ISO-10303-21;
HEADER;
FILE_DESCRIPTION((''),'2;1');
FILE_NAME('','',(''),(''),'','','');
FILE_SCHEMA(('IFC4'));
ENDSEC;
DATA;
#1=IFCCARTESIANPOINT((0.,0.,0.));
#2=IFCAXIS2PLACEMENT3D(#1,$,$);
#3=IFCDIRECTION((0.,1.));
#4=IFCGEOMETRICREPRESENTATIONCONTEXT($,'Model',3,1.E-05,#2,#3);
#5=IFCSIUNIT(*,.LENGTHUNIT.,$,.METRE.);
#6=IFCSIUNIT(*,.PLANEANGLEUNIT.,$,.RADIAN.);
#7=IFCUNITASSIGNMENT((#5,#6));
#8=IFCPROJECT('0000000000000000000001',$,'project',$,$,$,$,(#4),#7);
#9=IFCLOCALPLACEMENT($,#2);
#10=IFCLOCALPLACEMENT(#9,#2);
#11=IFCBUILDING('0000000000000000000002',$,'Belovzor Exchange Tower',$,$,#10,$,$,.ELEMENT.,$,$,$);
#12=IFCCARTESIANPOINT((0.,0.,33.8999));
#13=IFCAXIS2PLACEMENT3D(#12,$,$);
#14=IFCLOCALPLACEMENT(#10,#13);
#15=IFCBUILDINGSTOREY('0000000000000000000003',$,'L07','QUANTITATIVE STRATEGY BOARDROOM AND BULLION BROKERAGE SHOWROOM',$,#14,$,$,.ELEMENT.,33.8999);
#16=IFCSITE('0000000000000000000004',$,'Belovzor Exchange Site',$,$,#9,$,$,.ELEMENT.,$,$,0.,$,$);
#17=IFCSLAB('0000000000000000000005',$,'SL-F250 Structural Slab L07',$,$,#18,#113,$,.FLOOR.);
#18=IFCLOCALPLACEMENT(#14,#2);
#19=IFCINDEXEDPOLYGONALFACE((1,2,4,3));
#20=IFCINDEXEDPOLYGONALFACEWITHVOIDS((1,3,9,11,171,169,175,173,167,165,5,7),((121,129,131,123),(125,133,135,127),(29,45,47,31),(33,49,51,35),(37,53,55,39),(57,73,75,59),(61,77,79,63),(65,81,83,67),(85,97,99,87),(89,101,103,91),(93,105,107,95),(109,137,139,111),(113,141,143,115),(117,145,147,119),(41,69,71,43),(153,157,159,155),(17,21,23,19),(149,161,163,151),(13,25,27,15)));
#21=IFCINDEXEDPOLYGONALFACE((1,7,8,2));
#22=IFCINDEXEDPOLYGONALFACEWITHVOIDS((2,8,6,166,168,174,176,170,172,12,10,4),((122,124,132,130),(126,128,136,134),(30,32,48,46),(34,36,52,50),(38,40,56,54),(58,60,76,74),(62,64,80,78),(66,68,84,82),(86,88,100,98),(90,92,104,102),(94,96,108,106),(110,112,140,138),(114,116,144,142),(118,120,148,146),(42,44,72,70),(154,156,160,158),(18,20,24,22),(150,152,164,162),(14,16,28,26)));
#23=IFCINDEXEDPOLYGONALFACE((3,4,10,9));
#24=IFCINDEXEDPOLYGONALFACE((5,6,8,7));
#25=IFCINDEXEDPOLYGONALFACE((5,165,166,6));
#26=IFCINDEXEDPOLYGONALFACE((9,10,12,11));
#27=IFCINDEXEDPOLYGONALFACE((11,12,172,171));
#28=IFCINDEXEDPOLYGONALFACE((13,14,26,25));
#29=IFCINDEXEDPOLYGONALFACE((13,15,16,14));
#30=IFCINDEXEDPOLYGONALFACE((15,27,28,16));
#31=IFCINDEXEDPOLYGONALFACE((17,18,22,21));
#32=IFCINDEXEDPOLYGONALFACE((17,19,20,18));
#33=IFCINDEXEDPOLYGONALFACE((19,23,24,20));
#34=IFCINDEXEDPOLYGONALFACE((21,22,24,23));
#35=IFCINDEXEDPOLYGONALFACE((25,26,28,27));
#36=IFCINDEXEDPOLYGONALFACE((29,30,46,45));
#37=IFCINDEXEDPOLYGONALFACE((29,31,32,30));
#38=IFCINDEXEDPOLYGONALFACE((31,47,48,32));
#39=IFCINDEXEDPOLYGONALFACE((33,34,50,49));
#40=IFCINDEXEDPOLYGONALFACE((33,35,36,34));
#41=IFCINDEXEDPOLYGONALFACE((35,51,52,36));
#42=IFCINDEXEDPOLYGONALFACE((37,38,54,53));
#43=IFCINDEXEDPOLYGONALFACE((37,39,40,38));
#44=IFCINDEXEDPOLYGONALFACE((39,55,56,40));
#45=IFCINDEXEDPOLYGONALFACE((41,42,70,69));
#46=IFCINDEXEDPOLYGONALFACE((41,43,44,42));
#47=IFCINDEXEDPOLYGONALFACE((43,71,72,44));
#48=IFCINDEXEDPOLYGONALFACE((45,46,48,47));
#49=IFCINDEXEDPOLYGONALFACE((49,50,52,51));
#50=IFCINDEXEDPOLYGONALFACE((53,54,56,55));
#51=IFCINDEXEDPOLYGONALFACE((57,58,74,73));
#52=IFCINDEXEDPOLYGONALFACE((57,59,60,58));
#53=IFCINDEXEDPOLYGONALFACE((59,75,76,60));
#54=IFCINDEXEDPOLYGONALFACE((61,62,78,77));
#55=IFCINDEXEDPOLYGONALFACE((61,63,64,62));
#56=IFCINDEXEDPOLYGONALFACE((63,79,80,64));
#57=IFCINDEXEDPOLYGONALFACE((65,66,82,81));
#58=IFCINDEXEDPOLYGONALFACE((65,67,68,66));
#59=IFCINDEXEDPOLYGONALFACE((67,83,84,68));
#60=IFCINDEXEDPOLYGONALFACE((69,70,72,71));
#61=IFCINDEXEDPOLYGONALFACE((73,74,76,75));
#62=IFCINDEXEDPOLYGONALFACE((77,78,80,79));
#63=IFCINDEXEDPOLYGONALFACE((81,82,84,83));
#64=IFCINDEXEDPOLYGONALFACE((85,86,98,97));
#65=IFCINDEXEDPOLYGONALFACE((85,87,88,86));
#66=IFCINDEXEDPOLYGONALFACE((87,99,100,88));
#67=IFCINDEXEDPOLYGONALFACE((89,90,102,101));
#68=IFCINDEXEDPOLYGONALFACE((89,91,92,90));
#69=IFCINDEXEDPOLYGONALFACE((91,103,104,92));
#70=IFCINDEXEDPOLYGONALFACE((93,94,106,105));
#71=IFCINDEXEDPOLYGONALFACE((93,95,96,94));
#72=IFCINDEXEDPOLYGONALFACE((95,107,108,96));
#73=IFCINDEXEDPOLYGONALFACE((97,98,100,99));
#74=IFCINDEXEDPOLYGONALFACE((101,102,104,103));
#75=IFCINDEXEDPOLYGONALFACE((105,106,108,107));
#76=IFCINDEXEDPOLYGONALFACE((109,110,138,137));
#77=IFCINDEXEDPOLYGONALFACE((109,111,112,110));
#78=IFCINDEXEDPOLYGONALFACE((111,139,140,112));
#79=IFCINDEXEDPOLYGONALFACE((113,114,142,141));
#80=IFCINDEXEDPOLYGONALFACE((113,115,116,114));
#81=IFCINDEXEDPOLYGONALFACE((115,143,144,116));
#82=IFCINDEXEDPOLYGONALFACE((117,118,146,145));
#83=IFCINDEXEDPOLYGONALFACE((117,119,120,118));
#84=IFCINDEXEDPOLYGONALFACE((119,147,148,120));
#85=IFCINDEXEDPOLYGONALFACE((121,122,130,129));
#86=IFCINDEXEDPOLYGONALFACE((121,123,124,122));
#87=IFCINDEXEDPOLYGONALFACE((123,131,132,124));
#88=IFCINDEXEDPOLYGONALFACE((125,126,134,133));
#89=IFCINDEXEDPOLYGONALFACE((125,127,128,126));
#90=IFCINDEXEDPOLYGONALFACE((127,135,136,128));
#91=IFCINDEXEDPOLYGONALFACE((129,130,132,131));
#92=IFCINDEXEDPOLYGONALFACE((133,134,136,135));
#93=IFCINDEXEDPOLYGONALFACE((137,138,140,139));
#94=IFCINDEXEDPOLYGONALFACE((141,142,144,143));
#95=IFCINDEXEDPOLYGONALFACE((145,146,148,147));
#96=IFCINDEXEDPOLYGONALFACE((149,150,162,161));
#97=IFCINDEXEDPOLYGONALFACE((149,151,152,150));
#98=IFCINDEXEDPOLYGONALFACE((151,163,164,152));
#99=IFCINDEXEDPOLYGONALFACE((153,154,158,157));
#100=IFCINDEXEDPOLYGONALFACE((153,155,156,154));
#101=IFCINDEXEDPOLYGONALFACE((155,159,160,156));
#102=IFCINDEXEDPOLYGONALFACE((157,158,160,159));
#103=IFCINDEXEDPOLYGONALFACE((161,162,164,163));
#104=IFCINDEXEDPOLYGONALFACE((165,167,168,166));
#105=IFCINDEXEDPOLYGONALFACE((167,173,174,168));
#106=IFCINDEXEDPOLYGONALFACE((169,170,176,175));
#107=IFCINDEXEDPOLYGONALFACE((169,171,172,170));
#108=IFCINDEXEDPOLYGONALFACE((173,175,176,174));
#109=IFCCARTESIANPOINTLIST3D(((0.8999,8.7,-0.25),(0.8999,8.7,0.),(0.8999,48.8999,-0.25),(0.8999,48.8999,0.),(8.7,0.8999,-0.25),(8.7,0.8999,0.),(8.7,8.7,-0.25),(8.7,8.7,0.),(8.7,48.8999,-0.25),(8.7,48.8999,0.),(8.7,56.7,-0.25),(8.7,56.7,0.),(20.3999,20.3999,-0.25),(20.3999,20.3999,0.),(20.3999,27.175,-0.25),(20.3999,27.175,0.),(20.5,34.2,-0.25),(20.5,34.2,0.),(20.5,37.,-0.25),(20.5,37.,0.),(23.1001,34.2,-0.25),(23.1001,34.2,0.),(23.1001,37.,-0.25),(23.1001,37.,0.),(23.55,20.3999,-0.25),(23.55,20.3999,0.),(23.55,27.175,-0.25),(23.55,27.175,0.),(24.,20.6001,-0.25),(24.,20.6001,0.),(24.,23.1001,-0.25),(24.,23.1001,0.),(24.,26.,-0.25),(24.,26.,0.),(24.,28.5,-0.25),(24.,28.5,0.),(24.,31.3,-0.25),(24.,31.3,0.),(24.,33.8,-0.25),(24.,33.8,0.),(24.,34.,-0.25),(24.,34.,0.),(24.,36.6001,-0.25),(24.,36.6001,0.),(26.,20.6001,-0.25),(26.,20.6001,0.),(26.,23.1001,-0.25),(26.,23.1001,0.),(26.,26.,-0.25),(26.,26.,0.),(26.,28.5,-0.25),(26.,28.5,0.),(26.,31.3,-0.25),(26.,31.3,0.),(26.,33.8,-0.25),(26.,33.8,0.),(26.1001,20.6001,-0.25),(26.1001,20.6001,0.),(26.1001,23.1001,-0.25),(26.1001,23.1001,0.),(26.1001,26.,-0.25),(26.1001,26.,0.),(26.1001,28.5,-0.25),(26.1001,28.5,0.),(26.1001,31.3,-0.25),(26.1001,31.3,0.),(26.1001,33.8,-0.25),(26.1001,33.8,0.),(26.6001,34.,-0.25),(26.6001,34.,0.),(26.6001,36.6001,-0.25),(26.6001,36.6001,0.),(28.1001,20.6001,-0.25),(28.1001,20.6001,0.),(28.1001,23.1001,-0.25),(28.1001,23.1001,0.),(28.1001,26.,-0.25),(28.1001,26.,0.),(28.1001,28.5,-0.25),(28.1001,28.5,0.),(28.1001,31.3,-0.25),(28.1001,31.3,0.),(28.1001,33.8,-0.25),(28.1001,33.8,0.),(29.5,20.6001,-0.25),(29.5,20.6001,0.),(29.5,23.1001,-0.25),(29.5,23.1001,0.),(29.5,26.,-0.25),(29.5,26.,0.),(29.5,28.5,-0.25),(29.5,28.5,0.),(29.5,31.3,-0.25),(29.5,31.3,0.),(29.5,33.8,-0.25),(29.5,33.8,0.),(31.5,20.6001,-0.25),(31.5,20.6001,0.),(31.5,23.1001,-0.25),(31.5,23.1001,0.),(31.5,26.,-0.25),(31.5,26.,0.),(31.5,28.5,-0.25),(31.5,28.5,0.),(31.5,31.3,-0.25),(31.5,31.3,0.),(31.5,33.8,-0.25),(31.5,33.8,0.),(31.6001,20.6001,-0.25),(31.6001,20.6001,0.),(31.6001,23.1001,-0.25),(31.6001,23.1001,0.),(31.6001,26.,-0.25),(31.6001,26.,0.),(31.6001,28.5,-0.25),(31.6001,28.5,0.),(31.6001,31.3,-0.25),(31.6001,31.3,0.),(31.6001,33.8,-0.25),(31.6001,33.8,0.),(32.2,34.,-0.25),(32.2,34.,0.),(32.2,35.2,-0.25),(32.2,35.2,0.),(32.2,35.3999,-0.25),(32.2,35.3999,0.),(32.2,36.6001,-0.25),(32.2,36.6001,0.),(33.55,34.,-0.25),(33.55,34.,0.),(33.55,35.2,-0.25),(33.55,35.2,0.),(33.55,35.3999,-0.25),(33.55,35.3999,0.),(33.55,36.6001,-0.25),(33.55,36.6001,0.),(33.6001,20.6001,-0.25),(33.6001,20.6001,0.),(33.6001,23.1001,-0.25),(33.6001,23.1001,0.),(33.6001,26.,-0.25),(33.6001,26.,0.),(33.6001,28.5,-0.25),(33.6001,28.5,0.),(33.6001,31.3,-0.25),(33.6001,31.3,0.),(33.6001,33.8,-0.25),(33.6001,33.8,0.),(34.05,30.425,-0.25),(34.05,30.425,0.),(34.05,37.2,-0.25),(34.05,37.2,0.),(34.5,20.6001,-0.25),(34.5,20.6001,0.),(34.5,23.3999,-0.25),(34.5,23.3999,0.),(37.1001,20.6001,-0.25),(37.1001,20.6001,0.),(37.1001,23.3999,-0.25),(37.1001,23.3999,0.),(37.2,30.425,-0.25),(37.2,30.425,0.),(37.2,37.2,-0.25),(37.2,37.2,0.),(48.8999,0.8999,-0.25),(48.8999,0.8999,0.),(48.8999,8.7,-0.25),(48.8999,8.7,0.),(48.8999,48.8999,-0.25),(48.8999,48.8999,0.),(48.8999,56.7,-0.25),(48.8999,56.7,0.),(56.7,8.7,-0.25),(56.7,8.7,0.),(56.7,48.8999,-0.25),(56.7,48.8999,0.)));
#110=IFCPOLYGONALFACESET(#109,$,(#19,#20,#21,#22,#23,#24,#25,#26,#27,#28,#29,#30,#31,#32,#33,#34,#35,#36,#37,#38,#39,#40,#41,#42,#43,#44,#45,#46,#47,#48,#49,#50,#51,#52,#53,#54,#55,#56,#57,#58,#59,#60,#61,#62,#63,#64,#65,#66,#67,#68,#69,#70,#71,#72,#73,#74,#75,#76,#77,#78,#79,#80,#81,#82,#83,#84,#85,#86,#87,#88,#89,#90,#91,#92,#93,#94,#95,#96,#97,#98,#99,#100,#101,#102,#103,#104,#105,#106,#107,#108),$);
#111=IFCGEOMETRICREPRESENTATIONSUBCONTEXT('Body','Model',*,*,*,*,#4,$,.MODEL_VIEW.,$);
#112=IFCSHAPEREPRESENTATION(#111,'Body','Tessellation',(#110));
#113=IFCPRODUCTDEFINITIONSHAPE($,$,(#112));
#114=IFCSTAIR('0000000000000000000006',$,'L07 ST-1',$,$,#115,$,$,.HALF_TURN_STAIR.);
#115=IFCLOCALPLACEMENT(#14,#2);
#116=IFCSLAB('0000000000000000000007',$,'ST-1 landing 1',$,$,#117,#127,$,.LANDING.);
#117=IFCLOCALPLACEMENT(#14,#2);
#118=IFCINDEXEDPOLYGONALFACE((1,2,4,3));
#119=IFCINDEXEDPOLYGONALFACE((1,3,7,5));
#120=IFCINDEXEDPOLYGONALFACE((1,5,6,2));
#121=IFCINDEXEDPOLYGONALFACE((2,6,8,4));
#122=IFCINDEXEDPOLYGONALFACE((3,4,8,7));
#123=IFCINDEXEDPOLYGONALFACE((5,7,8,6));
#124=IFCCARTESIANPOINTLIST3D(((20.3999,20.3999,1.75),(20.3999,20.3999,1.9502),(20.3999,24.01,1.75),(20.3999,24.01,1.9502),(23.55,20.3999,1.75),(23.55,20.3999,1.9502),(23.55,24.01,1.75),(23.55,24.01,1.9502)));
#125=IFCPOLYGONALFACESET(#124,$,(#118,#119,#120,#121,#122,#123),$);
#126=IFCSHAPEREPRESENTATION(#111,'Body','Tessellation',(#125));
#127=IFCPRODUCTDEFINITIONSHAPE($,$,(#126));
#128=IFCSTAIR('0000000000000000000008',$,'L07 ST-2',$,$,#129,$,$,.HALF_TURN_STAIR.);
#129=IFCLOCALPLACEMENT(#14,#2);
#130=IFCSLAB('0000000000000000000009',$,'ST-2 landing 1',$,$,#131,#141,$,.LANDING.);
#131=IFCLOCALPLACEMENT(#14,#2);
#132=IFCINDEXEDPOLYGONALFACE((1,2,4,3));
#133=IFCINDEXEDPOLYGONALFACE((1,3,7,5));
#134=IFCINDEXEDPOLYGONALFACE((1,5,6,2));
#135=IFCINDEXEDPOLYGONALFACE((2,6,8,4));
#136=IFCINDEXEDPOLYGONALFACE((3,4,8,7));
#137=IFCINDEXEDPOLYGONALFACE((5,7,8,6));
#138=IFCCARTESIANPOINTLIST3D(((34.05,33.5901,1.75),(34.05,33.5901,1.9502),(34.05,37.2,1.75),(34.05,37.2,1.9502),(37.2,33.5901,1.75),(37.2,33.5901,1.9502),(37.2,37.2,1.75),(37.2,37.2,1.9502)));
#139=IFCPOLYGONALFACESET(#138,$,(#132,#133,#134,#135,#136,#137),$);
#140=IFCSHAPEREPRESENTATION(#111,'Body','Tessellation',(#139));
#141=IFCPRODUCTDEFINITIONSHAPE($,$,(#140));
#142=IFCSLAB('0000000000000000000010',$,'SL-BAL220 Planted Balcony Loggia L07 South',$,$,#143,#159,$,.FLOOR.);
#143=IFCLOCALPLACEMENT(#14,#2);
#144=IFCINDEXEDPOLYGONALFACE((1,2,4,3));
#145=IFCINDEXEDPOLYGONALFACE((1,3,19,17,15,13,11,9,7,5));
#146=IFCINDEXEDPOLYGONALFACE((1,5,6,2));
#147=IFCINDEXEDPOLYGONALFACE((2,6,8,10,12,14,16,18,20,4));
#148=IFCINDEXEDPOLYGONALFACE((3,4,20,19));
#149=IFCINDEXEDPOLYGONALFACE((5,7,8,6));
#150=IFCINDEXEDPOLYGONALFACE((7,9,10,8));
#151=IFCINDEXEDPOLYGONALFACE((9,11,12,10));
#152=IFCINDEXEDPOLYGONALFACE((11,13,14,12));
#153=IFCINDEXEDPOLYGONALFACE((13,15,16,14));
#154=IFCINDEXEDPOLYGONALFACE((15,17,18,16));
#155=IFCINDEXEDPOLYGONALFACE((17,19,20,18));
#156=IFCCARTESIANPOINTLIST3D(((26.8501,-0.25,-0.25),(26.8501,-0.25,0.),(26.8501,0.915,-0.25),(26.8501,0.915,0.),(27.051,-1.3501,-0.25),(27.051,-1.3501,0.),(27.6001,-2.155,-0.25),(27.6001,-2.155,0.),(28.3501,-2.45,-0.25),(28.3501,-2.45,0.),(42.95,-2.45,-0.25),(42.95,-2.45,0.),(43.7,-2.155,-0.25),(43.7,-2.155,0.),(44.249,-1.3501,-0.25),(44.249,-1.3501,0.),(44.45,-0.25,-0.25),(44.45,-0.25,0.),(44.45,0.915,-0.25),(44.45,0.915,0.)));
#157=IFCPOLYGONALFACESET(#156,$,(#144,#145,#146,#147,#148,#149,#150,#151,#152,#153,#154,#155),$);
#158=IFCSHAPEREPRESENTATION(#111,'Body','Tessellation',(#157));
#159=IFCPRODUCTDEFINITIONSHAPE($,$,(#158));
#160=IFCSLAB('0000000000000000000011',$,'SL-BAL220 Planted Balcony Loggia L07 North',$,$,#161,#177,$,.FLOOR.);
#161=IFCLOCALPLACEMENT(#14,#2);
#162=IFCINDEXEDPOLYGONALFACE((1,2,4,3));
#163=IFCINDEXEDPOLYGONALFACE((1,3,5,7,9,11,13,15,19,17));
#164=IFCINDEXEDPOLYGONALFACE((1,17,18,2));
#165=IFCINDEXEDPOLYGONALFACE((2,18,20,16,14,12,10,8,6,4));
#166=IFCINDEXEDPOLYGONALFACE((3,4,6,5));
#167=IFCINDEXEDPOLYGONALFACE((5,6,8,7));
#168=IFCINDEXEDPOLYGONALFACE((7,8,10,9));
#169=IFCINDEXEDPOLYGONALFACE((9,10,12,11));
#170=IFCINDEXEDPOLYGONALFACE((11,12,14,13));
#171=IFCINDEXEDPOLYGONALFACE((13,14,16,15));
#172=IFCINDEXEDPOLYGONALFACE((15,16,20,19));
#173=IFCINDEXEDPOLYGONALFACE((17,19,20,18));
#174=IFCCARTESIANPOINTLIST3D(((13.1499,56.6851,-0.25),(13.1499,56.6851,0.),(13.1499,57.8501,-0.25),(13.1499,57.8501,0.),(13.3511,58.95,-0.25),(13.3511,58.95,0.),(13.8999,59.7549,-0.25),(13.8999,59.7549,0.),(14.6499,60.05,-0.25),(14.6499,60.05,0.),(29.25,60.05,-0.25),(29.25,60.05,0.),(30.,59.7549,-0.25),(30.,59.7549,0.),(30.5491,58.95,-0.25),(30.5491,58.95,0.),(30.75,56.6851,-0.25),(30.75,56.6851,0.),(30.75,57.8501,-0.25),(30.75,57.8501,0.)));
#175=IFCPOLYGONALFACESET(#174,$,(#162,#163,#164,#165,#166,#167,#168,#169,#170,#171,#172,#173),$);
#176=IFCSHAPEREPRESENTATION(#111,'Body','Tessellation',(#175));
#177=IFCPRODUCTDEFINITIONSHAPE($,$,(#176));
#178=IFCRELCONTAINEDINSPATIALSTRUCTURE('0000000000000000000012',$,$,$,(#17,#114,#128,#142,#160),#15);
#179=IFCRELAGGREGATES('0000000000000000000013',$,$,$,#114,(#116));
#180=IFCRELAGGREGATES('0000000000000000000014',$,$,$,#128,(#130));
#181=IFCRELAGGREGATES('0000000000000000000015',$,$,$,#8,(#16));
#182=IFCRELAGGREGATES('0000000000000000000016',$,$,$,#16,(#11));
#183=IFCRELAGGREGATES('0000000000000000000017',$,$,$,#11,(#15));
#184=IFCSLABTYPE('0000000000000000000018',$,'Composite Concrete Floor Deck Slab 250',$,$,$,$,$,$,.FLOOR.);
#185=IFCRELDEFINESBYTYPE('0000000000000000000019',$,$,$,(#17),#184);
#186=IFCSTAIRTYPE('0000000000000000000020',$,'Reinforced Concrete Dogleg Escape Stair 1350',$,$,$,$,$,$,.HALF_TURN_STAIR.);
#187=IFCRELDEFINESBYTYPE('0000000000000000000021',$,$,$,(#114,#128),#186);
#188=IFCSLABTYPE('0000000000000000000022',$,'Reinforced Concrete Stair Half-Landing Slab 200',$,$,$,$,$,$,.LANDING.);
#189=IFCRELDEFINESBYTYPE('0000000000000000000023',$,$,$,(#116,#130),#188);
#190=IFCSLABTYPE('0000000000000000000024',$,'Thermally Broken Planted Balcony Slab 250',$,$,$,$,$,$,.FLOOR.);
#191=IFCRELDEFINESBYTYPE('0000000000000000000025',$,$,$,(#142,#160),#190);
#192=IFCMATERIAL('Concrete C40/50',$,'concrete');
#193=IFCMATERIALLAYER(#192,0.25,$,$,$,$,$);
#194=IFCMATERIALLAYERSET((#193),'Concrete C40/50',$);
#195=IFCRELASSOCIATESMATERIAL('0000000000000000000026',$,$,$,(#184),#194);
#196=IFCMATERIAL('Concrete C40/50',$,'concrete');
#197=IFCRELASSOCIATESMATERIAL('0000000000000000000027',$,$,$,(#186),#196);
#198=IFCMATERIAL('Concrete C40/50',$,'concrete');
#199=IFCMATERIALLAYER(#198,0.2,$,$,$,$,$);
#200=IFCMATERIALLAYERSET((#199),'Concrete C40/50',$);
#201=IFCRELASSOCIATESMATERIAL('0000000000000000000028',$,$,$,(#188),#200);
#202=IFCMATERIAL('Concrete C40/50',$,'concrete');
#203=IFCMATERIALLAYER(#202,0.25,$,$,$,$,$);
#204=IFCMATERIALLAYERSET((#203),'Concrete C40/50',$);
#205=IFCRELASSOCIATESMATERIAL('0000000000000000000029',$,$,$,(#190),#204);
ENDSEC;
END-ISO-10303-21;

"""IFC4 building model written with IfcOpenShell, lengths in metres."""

from ifc_helpers import new_model, si_unit, direction, frame, origin, place, context, subcontext, project, spatial, polyline, outline, extrude, material, layer, layer_set, type_object, element, aggregate, save


model = new_model("IFC4")

# Units and contexts
model_context = context("Model", 3, precision=1e-05, world=origin(), true_north=direction((0.0, 1.0)))
body_context = subcontext(model_context, "Body", "Model", "MODEL_VIEW")
ifc_project = project(units=[si_unit("LENGTHUNIT", "METRE"), si_unit("PLANEANGLEUNIT", "RADIAN")], contexts=[model_context])

# Site, building, storey
site_placement = place(None, origin())
site = spatial("IfcSite", under=ifc_project, at=site_placement, Name="Belovzor Exchange Site", CompositionType="ELEMENT", RefElevation=0.0)
building_placement = place(site_placement, origin())
building = spatial("IfcBuilding", under=site, at=building_placement, Name="Belovzor Exchange Tower", CompositionType="ELEMENT")
storey_placement = place(building_placement, frame((0.0, 0.0, 33.8999)))
storey = spatial("IfcBuildingStorey", under=building, at=storey_placement, Name="L07", Description="QUANTITATIVE STRATEGY BOARDROOM AND BULLION BROKERAGE SHOWROOM", CompositionType="ELEMENT", Elevation=33.8999)

# Slab
ifc_material_1 = material(Name="Concrete C40/50", Category="concrete")
ifc_layer_1 = layer(ifc_material_1, 0.25)
ifc_layer_set_1 = layer_set([ifc_layer_1], Name="Concrete C40/50")
slab_type_1 = type_object("IfcSlabType", Name="Composite Concrete Floor Deck Slab 250", PredefinedType="FLOOR", material=ifc_layer_set_1)
slab_1_placement = place(storey_placement, frame((0.0, 0.0, -0.25)))
element("IfcSlab", 1, at=slab_1_placement, inside=storey, type_object=slab_type_1, Name="SL-F250 Structural Slab L07", PredefinedType="FLOOR", context=body_context, shape_type="SweptSolid", body=[
    extrude(outline(polyline([(8.7, 0.8999), (48.8999, 0.8999), (48.8999, 8.7), (56.7, 8.7), (56.7, 48.8999), (48.8999, 48.8999), (48.8999, 56.7), (8.7, 56.7), (8.7, 48.8999), (0.8999, 48.8999), (0.8999, 8.7), (8.7, 8.7), (8.7, 0.8999)]), holes=[polyline([(20.3999, 27.175), (20.3999, 20.3999), (23.55, 20.3999), (23.55, 27.175), (20.3999, 27.175)]), polyline([(37.2, 30.425), (37.2, 37.2), (34.05, 37.2), (34.05, 30.425), (37.2, 30.425)]), polyline([(20.5, 34.2), (23.1001, 34.2), (23.1001, 37.0), (20.5, 37.0), (20.5, 34.2)]), polyline([(34.5, 20.6001), (37.1001, 20.6001), (37.1001, 23.3999), (34.5, 23.3999), (34.5, 20.6001)]), polyline([(24.0, 34.0), (26.6001, 34.0), (26.6001, 36.6001), (24.0, 36.6001), (24.0, 34.0)]), polyline([(24.0, 20.6001), (26.0, 20.6001), (26.0, 23.1001), (24.0, 23.1001), (24.0, 20.6001)]), polyline([(26.1001, 20.6001), (28.1001, 20.6001), (28.1001, 23.1001), (26.1001, 23.1001), (26.1001, 20.6001)]), polyline([(29.5, 20.6001), (31.5, 20.6001), (31.5, 23.1001), (29.5, 23.1001), (29.5, 20.6001)]), polyline([(31.6001, 20.6001), (33.6001, 20.6001), (33.6001, 23.1001), (31.6001, 23.1001), (31.6001, 20.6001)]), polyline([(24.0, 26.0), (26.0, 26.0), (26.0, 28.5), (24.0, 28.5), (24.0, 26.0)]), polyline([(26.1001, 26.0), (28.1001, 26.0), (28.1001, 28.5), (26.1001, 28.5), (26.1001, 26.0)]), polyline([(29.5, 26.0), (31.5, 26.0), (31.5, 28.5), (29.5, 28.5), (29.5, 26.0)]), polyline([(31.6001, 26.0), (33.6001, 26.0), (33.6001, 28.5), (31.6001, 28.5), (31.6001, 26.0)]), polyline([(24.0, 31.3), (26.0, 31.3), (26.0, 33.8), (24.0, 33.8), (24.0, 31.3)]), polyline([(26.1001, 31.3), (28.1001, 31.3), (28.1001, 33.8), (26.1001, 33.8), (26.1001, 31.3)]), polyline([(29.5, 31.3), (31.5, 31.3), (31.5, 33.8), (29.5, 33.8), (29.5, 31.3)]), polyline([(31.6001, 31.3), (33.6001, 31.3), (33.6001, 33.8), (31.6001, 33.8), (31.6001, 31.3)]), polyline([(32.2, 34.0), (33.55, 34.0), (33.55, 35.2), (32.2, 35.2), (32.2, 34.0)]), polyline([(32.2, 35.3999), (33.55, 35.3999), (33.55, 36.6001), (32.2, 36.6001), (32.2, 35.3999)])]), origin(), (0.0, 0.0, 1.0), 0.25),
])

# Stairs, slabs
ifc_material_2 = material(Name="Concrete C40/50", Category="concrete")
stair_type = type_object("IfcStairType", Name="Reinforced Concrete Dogleg Escape Stair 1350", PredefinedType="HALF_TURN_STAIR", material=ifc_material_2)
stair_1_placement = place(storey_placement, origin())
stair_1 = element("IfcStair", 2, at=stair_1_placement, inside=storey, type_object=stair_type, Name="L07 ST-1", PredefinedType="HALF_TURN_STAIR")
ifc_material_3 = material(Name="Concrete C40/50", Category="concrete")
ifc_layer_2 = layer(ifc_material_3, 0.2)
ifc_layer_set_2 = layer_set([ifc_layer_2], Name="Concrete C40/50")
slab_type_2 = type_object("IfcSlabType", Name="Reinforced Concrete Stair Half-Landing Slab 200", PredefinedType="LANDING", material=ifc_layer_set_2)
slab_2_placement = place(storey_placement, frame((0.0, 0.0, 1.75)))
slab_2 = element("IfcSlab", 3, at=slab_2_placement, type_object=slab_type_2, Name="ST-1 landing 1", PredefinedType="LANDING", context=body_context, shape_type="SweptSolid", body=[
    extrude(outline(polyline([(20.3999, 24.01), (20.3999, 20.3999), (23.55, 20.3999), (23.55, 24.01), (20.3999, 24.01)])), origin(), (0.0, 0.0, 1.0), 0.2002),
])
aggregate(stair_1, [slab_2])
stair_2_placement = place(storey_placement, origin())
stair_2 = element("IfcStair", 4, at=stair_2_placement, inside=storey, type_object=stair_type, Name="L07 ST-2", PredefinedType="HALF_TURN_STAIR")
slab_3_placement = place(storey_placement, frame((0.0, 0.0, 1.75)))
slab_3 = element("IfcSlab", 5, at=slab_3_placement, type_object=slab_type_2, Name="ST-2 landing 1", PredefinedType="LANDING", context=body_context, shape_type="SweptSolid", body=[
    extrude(outline(polyline([(37.2, 33.5901), (37.2, 37.2), (34.05, 37.2), (34.05, 33.5901), (37.2, 33.5901)])), origin(), (0.0, 0.0, 1.0), 0.2002),
])
aggregate(stair_2, [slab_3])

# Slabs
ifc_material_4 = material(Name="Concrete C40/50", Category="concrete")
ifc_layer_3 = layer(ifc_material_4, 0.25)
ifc_layer_set_3 = layer_set([ifc_layer_3], Name="Concrete C40/50")
slab_type_3 = type_object("IfcSlabType", Name="Thermally Broken Planted Balcony Slab 250", PredefinedType="FLOOR", material=ifc_layer_set_3)
slab_4_placement = place(storey_placement, frame((0.0, 0.0, -0.25)))
element("IfcSlab", 6, at=slab_4_placement, inside=storey, type_object=slab_type_3, Name="SL-BAL220 Planted Balcony Loggia L07 South", PredefinedType="FLOOR", context=body_context, shape_type="SweptSolid", body=[
    extrude(outline(polyline([(26.8501, 0.915), (26.8501, -0.25), (27.051, -1.3501), (27.6001, -2.155), (28.3501, -2.45), (42.95, -2.45), (43.7, -2.155), (44.249, -1.3501), (44.45, -0.25), (44.45, 0.915), (26.8501, 0.915)])), origin(), (0.0, 0.0, 1.0), 0.25),
])
slab_5_placement = place(storey_placement, frame((0.0, 0.0, -0.25)))
element("IfcSlab", 7, at=slab_5_placement, inside=storey, type_object=slab_type_3, Name="SL-BAL220 Planted Balcony Loggia L07 North", PredefinedType="FLOOR", context=body_context, shape_type="SweptSolid", body=[
    extrude(outline(polyline([(30.75, 56.6851), (30.75, 57.8501), (30.5491, 58.95), (30.0, 59.7549), (29.25, 60.05), (14.6499, 60.05), (13.8999, 59.7549), (13.3511, 58.95), (13.1499, 57.8501), (13.1499, 56.6851), (30.75, 56.6851)])), origin(), (0.0, 0.0, 1.0), 0.25),
])

save(model, "model.ifc")
